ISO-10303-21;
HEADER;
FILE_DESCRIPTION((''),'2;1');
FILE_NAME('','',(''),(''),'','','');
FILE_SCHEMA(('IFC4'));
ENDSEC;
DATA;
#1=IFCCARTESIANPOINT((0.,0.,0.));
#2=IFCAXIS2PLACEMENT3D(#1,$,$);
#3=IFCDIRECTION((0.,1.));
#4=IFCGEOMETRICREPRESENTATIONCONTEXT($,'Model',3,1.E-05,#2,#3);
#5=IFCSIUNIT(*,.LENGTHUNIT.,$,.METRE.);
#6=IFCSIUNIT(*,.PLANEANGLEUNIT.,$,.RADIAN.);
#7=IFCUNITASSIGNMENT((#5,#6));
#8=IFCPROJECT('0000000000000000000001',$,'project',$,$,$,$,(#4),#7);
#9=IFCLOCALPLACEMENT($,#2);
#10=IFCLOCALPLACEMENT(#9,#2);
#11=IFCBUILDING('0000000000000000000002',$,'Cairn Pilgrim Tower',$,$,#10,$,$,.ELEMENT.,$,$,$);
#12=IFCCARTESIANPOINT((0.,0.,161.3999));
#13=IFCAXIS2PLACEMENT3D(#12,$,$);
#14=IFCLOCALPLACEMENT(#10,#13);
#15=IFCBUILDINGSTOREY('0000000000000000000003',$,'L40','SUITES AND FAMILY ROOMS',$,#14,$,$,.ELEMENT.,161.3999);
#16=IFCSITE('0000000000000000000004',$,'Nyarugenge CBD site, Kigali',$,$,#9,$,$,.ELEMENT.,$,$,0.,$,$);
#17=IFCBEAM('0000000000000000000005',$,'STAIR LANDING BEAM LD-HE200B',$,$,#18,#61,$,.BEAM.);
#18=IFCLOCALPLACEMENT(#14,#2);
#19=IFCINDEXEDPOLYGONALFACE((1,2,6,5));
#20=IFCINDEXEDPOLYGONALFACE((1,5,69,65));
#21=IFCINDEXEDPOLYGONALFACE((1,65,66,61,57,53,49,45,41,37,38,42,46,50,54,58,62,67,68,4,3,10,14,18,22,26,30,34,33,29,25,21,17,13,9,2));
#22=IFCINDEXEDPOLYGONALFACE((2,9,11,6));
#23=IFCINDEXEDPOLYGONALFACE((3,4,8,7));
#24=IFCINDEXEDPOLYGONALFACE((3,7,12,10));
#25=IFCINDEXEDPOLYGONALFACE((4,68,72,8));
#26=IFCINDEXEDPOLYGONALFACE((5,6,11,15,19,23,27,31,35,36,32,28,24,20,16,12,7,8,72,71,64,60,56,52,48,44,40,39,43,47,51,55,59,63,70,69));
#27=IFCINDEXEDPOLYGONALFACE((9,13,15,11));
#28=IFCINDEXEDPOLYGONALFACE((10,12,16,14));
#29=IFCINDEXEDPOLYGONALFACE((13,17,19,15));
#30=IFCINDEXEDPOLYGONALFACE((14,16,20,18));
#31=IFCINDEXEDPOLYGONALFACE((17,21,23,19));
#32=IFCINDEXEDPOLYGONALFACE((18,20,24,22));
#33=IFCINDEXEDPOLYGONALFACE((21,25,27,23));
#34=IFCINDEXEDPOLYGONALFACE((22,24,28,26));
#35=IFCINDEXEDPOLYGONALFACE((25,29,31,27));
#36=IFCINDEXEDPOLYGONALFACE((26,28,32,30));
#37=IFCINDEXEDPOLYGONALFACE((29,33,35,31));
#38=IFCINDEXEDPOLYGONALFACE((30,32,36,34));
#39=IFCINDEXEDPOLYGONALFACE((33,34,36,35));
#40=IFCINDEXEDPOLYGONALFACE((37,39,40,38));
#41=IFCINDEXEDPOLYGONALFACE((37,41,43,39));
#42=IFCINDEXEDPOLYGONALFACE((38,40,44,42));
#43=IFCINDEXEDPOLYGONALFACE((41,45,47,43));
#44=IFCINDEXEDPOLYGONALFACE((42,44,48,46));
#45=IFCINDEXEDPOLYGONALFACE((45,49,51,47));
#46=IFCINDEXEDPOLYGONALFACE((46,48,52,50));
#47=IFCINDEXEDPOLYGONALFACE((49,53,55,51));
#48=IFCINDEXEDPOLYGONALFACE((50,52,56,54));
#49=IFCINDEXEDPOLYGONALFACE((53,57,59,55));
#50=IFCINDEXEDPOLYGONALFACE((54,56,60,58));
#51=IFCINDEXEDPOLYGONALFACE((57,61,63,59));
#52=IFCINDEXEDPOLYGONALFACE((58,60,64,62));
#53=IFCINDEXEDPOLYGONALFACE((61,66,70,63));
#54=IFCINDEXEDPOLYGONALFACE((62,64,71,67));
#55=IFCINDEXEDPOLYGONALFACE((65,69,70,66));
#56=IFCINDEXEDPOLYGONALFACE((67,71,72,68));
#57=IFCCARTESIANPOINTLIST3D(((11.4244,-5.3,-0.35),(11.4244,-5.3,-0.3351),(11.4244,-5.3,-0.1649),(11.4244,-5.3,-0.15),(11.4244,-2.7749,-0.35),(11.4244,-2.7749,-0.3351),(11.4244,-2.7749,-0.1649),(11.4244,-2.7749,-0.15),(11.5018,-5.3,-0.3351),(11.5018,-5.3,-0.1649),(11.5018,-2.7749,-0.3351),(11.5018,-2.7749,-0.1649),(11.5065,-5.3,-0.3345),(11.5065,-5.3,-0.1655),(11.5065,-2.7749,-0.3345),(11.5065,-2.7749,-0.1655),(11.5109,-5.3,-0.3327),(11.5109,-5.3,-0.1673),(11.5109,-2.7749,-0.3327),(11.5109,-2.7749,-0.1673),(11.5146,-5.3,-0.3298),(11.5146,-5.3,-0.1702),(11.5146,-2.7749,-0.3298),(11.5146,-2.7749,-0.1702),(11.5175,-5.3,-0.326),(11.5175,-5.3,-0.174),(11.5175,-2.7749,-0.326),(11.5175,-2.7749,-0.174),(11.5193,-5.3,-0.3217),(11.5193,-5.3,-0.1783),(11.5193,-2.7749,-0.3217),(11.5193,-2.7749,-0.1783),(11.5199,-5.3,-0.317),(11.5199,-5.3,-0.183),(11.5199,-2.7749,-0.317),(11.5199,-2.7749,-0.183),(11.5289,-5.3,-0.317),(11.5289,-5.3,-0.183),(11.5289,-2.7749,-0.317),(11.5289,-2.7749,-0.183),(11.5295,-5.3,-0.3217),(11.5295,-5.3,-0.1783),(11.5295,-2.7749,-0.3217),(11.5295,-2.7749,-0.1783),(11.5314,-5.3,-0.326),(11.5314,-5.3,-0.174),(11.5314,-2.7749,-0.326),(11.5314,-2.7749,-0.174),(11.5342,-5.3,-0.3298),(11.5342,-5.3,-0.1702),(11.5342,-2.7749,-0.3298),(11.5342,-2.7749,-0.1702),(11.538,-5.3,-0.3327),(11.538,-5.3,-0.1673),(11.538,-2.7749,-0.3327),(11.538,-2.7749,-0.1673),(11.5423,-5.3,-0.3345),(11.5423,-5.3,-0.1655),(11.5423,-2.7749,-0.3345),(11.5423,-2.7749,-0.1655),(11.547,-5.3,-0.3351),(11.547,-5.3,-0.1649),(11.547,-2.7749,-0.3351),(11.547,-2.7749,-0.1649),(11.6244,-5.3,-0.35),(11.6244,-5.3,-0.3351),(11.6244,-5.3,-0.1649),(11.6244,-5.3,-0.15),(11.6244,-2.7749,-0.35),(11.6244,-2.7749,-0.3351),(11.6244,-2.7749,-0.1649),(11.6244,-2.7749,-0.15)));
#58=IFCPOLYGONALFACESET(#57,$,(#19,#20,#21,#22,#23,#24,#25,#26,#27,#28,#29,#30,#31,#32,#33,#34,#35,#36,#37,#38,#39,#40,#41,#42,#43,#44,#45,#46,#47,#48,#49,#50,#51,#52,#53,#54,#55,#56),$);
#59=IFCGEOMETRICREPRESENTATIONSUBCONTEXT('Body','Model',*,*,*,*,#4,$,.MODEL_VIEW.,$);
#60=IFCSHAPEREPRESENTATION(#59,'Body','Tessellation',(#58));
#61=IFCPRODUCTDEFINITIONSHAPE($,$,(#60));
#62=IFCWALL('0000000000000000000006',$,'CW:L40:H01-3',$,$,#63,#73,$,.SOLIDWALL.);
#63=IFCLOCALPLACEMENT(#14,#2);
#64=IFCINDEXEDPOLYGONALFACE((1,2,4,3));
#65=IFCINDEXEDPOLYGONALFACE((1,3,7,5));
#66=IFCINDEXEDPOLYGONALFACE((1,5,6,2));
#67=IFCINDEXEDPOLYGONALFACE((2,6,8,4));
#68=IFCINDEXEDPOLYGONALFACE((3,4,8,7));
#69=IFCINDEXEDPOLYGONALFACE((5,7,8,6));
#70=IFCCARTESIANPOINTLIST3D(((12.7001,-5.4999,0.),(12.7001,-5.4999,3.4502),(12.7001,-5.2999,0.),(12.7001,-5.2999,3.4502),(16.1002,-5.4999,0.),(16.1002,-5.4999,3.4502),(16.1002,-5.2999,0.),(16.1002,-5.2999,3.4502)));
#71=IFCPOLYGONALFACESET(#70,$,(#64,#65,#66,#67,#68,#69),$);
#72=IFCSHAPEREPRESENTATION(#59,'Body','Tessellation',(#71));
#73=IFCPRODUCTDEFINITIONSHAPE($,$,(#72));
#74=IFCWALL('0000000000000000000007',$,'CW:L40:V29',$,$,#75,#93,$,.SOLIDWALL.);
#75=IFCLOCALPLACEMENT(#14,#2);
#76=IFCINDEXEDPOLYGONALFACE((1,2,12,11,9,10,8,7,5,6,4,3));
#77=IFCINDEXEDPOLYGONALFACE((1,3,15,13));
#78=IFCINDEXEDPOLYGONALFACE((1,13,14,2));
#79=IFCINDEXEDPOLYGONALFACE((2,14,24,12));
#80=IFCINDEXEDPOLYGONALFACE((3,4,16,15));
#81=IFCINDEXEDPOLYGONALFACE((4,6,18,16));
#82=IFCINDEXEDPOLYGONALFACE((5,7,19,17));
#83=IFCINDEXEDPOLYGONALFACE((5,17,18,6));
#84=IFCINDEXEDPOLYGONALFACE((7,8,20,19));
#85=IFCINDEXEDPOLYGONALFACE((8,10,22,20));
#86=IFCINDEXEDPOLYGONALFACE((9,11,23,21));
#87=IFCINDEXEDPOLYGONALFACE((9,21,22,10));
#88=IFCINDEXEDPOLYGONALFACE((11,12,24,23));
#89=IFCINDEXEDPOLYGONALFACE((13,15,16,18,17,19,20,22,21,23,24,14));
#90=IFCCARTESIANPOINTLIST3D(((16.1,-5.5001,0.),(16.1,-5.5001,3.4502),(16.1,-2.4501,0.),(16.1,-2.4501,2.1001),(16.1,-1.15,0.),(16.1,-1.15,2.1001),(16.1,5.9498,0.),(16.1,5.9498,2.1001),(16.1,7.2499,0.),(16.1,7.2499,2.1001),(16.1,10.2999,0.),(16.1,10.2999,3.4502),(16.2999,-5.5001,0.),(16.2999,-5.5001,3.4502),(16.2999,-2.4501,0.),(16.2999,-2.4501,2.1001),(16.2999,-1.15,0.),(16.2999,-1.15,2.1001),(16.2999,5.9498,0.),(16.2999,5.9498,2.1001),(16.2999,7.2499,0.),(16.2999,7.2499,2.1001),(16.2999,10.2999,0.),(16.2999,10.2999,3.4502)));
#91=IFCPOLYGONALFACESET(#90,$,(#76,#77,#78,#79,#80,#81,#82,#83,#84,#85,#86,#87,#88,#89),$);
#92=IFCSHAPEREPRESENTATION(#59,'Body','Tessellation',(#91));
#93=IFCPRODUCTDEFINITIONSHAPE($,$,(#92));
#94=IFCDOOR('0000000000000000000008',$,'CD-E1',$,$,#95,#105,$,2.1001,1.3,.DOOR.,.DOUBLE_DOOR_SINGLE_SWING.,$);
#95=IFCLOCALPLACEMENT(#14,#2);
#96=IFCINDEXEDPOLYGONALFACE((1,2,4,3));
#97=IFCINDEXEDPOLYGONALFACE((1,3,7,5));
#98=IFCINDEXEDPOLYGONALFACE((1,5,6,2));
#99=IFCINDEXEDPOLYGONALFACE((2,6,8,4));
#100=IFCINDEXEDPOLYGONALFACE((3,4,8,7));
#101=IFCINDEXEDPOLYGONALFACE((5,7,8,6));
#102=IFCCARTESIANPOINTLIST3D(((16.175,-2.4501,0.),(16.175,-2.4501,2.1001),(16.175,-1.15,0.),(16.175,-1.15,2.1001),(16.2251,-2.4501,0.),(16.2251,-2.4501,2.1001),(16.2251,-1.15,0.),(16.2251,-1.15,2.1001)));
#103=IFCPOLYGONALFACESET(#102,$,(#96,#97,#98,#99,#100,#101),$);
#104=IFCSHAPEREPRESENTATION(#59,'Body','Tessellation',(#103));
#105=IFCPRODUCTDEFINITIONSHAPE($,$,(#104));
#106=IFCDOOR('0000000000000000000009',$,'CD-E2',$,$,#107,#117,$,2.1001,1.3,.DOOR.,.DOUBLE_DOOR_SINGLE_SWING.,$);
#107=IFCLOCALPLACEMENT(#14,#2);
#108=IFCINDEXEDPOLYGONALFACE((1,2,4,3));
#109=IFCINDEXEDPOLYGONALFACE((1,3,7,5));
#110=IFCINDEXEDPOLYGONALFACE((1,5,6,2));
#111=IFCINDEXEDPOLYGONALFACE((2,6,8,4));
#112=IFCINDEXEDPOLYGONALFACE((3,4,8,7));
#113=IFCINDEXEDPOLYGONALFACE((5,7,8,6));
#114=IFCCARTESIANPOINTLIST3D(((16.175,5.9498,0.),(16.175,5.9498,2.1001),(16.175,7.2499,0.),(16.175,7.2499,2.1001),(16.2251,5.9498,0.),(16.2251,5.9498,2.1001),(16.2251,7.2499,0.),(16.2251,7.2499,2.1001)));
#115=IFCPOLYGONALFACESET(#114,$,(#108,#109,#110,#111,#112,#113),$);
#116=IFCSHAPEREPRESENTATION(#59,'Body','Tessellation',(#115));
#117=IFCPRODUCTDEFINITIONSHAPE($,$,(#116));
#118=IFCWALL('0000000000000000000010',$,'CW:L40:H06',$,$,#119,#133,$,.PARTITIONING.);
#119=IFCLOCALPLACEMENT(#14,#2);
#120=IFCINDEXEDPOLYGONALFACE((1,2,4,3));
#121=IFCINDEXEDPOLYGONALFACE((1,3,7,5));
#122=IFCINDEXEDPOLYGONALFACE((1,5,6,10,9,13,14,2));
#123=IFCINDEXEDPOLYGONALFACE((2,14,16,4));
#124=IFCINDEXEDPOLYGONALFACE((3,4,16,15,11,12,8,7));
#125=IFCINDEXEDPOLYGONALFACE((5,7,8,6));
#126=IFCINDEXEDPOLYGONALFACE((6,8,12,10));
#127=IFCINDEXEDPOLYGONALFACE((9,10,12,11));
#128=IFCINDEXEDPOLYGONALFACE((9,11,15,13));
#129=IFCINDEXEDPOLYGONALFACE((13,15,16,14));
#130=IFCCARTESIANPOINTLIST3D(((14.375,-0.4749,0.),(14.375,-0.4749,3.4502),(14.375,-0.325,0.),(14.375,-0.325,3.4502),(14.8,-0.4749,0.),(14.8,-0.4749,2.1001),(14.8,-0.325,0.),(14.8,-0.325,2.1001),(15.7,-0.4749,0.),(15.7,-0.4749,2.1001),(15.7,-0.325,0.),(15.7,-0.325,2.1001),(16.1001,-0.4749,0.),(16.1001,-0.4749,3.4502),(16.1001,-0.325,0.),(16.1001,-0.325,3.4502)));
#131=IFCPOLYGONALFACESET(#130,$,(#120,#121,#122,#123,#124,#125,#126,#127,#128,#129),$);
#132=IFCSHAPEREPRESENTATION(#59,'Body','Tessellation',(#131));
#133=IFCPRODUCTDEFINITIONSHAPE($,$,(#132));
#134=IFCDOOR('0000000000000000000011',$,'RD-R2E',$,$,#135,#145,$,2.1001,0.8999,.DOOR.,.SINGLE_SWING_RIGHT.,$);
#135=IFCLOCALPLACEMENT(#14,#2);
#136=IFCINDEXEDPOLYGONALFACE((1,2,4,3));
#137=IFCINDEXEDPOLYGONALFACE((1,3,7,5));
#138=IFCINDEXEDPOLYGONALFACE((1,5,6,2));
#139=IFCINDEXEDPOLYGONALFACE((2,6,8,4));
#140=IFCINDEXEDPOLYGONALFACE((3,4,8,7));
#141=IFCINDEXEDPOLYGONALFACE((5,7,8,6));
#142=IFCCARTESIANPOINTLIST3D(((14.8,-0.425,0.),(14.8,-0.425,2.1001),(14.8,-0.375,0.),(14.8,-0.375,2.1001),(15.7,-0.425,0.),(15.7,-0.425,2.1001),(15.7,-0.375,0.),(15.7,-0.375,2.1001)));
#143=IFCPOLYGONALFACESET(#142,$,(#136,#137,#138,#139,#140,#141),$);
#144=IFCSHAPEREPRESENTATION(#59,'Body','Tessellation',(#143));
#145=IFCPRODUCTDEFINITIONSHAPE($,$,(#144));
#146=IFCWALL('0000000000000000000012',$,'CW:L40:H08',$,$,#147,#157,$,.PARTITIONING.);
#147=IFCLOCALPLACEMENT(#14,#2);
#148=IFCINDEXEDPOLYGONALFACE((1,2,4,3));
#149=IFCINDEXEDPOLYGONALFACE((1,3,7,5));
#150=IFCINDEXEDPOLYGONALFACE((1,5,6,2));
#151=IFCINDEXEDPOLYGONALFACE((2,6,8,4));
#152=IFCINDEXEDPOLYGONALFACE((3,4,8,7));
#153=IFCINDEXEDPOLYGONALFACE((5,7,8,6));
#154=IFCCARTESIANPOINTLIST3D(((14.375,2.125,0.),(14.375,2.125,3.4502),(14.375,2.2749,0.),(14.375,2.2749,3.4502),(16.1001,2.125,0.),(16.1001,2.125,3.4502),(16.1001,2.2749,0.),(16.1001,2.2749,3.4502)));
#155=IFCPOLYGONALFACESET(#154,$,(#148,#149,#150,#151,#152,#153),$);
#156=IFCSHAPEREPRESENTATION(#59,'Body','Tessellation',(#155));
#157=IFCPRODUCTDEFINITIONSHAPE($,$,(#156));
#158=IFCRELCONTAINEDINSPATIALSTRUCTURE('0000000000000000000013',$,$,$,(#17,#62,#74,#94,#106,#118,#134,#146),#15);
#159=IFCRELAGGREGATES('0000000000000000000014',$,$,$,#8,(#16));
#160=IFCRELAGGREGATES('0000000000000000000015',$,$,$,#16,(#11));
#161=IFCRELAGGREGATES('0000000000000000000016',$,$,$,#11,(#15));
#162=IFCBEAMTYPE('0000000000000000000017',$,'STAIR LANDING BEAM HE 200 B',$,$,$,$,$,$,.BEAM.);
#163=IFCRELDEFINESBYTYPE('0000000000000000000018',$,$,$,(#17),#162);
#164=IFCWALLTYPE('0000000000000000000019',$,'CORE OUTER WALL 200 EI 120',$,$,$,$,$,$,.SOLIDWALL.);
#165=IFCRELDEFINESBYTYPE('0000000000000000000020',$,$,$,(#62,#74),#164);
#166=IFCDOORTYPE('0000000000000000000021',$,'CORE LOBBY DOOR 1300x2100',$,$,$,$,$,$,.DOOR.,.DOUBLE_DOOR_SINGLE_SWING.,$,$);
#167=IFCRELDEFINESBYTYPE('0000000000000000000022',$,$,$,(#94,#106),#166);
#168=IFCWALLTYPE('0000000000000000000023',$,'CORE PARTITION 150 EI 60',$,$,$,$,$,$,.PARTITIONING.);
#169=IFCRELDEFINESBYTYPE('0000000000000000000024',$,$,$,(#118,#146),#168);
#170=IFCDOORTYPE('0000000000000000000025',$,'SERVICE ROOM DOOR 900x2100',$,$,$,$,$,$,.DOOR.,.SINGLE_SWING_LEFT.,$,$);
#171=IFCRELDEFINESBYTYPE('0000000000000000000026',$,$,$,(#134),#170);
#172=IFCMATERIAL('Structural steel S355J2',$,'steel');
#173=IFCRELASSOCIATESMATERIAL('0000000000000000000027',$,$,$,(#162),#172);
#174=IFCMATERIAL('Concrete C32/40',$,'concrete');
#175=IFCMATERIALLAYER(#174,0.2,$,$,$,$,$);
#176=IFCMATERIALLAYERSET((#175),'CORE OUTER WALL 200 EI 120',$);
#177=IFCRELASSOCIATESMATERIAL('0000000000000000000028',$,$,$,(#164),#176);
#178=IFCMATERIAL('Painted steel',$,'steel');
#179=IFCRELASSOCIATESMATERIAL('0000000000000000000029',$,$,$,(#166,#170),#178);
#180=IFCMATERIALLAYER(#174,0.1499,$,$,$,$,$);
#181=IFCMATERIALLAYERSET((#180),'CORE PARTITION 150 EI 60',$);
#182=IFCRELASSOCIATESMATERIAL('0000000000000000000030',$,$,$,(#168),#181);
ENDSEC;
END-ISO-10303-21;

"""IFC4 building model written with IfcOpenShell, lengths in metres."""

from ifc_helpers import new_model, si_unit, direction, frame, frame_2d, origin, origin_2d, place, context, subcontext, project, spatial, rectangle, i_section, extrude, material, layer, layer_set, material_profile, profile_set, type_object, element, fill, save


model = new_model("IFC4")

# Units and contexts
model_context = context("Model", 3, precision=1e-05, world=origin(), true_north=direction((0.0, 1.0)))
body_context = subcontext(model_context, "Body", "Model", "MODEL_VIEW")
ifc_project = project(units=[si_unit("LENGTHUNIT", "METRE"), si_unit("PLANEANGLEUNIT", "RADIAN")], contexts=[model_context])

# Site, building, storey
site_placement = place(None, origin())
site = spatial("IfcSite", under=ifc_project, at=site_placement, Name="Nyarugenge CBD site, Kigali", CompositionType="ELEMENT", RefElevation=0.0)
building_placement = place(site_placement, origin())
building = spatial("IfcBuilding", under=site, at=building_placement, Name="Cairn Pilgrim Tower", CompositionType="ELEMENT")
storey_placement = place(building_placement, frame((0.0, 0.0, 161.3999)))
storey = spatial("IfcBuildingStorey", under=building, at=storey_placement, Name="L40", Description="SUITES AND FAMILY ROOMS", CompositionType="ELEMENT", Elevation=161.3999)

# Shared definitions
ifc_material_1 = material(Name="Structural steel S355J2", Category="steel")

# Beam
ifc_material_profile_1 = material_profile(ifc_material_1, i_section(OverallWidth=0.2, OverallDepth=0.2, WebThickness=0.009, FlangeThickness=0.0149, FilletRadius=0.0181, at=origin_2d()), Name="HE 200 B")
ifc_profile_set_1 = profile_set([ifc_material_profile_1], Name="Structural steel S355J2")
beam_type_1 = type_object("IfcBeamType", Name="STAIR LANDING BEAM HE 200 B", PredefinedType="BEAM", material=ifc_profile_set_1)
beam_1_placement = place(storey_placement, frame((11.5244, -2.7749, -0.25), z_axis=(0.0, -1.0, 0.0), x_axis=(1.0, 0.0, 0.0)))
element("IfcBeam", 1, at=beam_1_placement, inside=storey, type_object=beam_type_1, Name="STAIR LANDING BEAM LD-HE200B", PredefinedType="BEAM", context=body_context, shape_type="SweptSolid", body=[
    extrude(i_section(OverallWidth=0.2, OverallDepth=0.2, WebThickness=0.009, FlangeThickness=0.0149, FilletRadius=0.0181, at=origin_2d()), origin(), (0.0, 0.0, 1.0), 2.5251),
])

# Wall
ifc_material_2 = material(Name="Concrete C32/40", Category="concrete")
ifc_layer_1 = layer(ifc_material_2, 0.2)
ifc_layer_set_1 = layer_set([ifc_layer_1], Name="CORE OUTER WALL 200 EI 120")
wall_type_1 = type_object("IfcWallType", Name="CORE OUTER WALL 200 EI 120", PredefinedType="SOLIDWALL", material=ifc_layer_set_1)
wall_1_placement = place(storey_placement, frame((12.7, -5.3999, 0.0), z_axis=(0.0, 0.0, 1.0), x_axis=(1.0, 0.0, 0.0)))
element("IfcWall", 2, at=wall_1_placement, inside=storey, type_object=wall_type_1, Name="CW:L40:H01-3", PredefinedType="SOLIDWALL", context=body_context, shape_type="SweptSolid", body=[
    extrude(rectangle(XDim=3.4001, YDim=0.2, at=frame_2d((1.7002, 0.0))), origin(), (0.0, 0.0, 1.0), 3.4502),
])

# Wall, openings, doors
wall_2_placement = place(storey_placement, frame((16.2, -5.5, 0.0), z_axis=(0.0, 0.0, 1.0), x_axis=(0.0, 1.0, 0.0)))
wall_2 = element("IfcWall", 3, at=wall_2_placement, inside=storey, type_object=wall_type_1, Name="CW:L40:V29", PredefinedType="SOLIDWALL", context=body_context, shape_type="SweptSolid", body=[
    extrude(rectangle(XDim=15.8, YDim=0.2, at=frame_2d((7.8999, 0.0))), origin(), (0.0, 0.0, 1.0), 3.4502),
])
opening_1_placement = place(wall_2_placement, frame((3.05, 0.0, 0.0)))
opening_1 = element("IfcOpeningElement", 4, at=opening_1_placement, cuts=wall_2, PredefinedType="OPENING", context=body_context, shape_type="SweptSolid", body=[
    extrude(rectangle(XDim=1.3, YDim=2.1001, at=frame_2d((0.6499, 1.05))), frame((0.0, 0.1099, 0.0), z_axis=(0.0, -1.0, 0.0), x_axis=(1.0, 0.0, 0.0)), (0.0, 0.0, 1.0), 0.22),
])
opening_2_placement = place(wall_2_placement, frame((11.45, 0.0, 0.0)))
opening_2 = element("IfcOpeningElement", 5, at=opening_2_placement, cuts=wall_2, PredefinedType="OPENING", context=body_context, shape_type="SweptSolid", body=[
    extrude(rectangle(XDim=1.3, YDim=2.1001, at=frame_2d((0.6499, 1.05))), frame((0.0, 0.1099, 0.0), z_axis=(0.0, -1.0, 0.0), x_axis=(1.0, 0.0, 0.0)), (0.0, 0.0, 1.0), 0.22),
])
ifc_material_3 = material(Name="Painted steel", Category="steel")
door_type_1 = type_object("IfcDoorType", Name="CORE LOBBY DOOR 1300x2100", OperationType="DOUBLE_DOOR_SINGLE_SWING", PredefinedType="DOOR", material=ifc_material_3)
door_1_placement = place(opening_1_placement, origin())
door_1 = element("IfcDoor", 6, at=door_1_placement, inside=storey, type_object=door_type_1, Name="CD-E1", OperationType="DOUBLE_DOOR_SINGLE_SWING", OverallHeight=2.1001, OverallWidth=1.3, PredefinedType="DOOR", context=body_context, shape_type="SweptSolid", body=[
    extrude(rectangle(XDim=1.3, YDim=2.1001, at=frame_2d((0.6499, 1.05))), frame((0.0, 0.0249, 0.0), z_axis=(0.0, -1.0, 0.0), x_axis=(1.0, 0.0, 0.0)), (0.0, 0.0, 1.0), 0.05),
])
fill(opening_1, door_1)
door_2_placement = place(opening_2_placement, origin())
door_2 = element("IfcDoor", 7, at=door_2_placement, inside=storey, type_object=door_type_1, Name="CD-E2", OperationType="DOUBLE_DOOR_SINGLE_SWING", OverallHeight=2.1001, OverallWidth=1.3, PredefinedType="DOOR", context=body_context, shape_type="SweptSolid", body=[
    extrude(rectangle(XDim=1.3, YDim=2.1001, at=frame_2d((0.6499, 1.05))), frame((0.0, 0.0249, 0.0), z_axis=(0.0, -1.0, 0.0), x_axis=(1.0, 0.0, 0.0)), (0.0, 0.0, 1.0), 0.05),
])
fill(opening_2, door_2)

# Wall, opening, door
ifc_layer_2 = layer(ifc_material_2, 0.1499)
ifc_layer_set_2 = layer_set([ifc_layer_2], Name="CORE PARTITION 150 EI 60")
wall_type_2 = type_object("IfcWallType", Name="CORE PARTITION 150 EI 60", PredefinedType="PARTITIONING", material=ifc_layer_set_2)
wall_3_placement = place(storey_placement, frame((14.375, -0.3999, 0.0), z_axis=(0.0, 0.0, 1.0), x_axis=(1.0, 0.0, 0.0)))
wall_3 = element("IfcWall", 8, at=wall_3_placement, inside=storey, type_object=wall_type_2, Name="CW:L40:H06", PredefinedType="PARTITIONING", context=body_context, shape_type="SweptSolid", body=[
    extrude(rectangle(XDim=1.7251, YDim=0.1499, at=frame_2d((0.8625, 0.0))), origin(), (0.0, 0.0, 1.0), 3.4502),
])
opening_3_placement = place(wall_3_placement, frame((0.425, 0.0, 0.0)))
opening_3 = element("IfcOpeningElement", 9, at=opening_3_placement, cuts=wall_3, PredefinedType="OPENING", context=body_context, shape_type="SweptSolid", body=[
    extrude(rectangle(XDim=0.8999, YDim=2.1001, at=frame_2d((0.45, 1.05))), frame((0.0, 0.085, 0.0), z_axis=(0.0, -1.0, 0.0), x_axis=(1.0, 0.0, 0.0)), (0.0, 0.0, 1.0), 0.1699),
])
door_type_2 = type_object("IfcDoorType", Name="SERVICE ROOM DOOR 900x2100", OperationType="SINGLE_SWING_LEFT", PredefinedType="DOOR", material=ifc_material_3)
door_3_placement = place(opening_3_placement, origin())
door_3 = element("IfcDoor", 10, at=door_3_placement, inside=storey, type_object=door_type_2, Name="RD-R2E", OperationType="SINGLE_SWING_RIGHT", OverallHeight=2.1001, OverallWidth=0.8999, PredefinedType="DOOR", context=body_context, shape_type="SweptSolid", body=[
    extrude(rectangle(XDim=0.8999, YDim=2.1001, at=frame_2d((0.45, 1.05))), frame((0.0, 0.0249, 0.0), z_axis=(0.0, -1.0, 0.0), x_axis=(1.0, 0.0, 0.0)), (0.0, 0.0, 1.0), 0.05),
])
fill(opening_3, door_3)

# Wall
wall_4_placement = place(storey_placement, frame((14.375, 2.2, 0.0), z_axis=(0.0, 0.0, 1.0), x_axis=(1.0, 0.0, 0.0)))
element("IfcWall", 11, at=wall_4_placement, inside=storey, type_object=wall_type_2, Name="CW:L40:H08", PredefinedType="PARTITIONING", context=body_context, shape_type="SweptSolid", body=[
    extrude(rectangle(XDim=1.7251, YDim=0.1499, at=frame_2d((0.8625, 0.0))), origin(), (0.0, 0.0, 1.0), 3.4502),
])

save(model, "model.ifc")
